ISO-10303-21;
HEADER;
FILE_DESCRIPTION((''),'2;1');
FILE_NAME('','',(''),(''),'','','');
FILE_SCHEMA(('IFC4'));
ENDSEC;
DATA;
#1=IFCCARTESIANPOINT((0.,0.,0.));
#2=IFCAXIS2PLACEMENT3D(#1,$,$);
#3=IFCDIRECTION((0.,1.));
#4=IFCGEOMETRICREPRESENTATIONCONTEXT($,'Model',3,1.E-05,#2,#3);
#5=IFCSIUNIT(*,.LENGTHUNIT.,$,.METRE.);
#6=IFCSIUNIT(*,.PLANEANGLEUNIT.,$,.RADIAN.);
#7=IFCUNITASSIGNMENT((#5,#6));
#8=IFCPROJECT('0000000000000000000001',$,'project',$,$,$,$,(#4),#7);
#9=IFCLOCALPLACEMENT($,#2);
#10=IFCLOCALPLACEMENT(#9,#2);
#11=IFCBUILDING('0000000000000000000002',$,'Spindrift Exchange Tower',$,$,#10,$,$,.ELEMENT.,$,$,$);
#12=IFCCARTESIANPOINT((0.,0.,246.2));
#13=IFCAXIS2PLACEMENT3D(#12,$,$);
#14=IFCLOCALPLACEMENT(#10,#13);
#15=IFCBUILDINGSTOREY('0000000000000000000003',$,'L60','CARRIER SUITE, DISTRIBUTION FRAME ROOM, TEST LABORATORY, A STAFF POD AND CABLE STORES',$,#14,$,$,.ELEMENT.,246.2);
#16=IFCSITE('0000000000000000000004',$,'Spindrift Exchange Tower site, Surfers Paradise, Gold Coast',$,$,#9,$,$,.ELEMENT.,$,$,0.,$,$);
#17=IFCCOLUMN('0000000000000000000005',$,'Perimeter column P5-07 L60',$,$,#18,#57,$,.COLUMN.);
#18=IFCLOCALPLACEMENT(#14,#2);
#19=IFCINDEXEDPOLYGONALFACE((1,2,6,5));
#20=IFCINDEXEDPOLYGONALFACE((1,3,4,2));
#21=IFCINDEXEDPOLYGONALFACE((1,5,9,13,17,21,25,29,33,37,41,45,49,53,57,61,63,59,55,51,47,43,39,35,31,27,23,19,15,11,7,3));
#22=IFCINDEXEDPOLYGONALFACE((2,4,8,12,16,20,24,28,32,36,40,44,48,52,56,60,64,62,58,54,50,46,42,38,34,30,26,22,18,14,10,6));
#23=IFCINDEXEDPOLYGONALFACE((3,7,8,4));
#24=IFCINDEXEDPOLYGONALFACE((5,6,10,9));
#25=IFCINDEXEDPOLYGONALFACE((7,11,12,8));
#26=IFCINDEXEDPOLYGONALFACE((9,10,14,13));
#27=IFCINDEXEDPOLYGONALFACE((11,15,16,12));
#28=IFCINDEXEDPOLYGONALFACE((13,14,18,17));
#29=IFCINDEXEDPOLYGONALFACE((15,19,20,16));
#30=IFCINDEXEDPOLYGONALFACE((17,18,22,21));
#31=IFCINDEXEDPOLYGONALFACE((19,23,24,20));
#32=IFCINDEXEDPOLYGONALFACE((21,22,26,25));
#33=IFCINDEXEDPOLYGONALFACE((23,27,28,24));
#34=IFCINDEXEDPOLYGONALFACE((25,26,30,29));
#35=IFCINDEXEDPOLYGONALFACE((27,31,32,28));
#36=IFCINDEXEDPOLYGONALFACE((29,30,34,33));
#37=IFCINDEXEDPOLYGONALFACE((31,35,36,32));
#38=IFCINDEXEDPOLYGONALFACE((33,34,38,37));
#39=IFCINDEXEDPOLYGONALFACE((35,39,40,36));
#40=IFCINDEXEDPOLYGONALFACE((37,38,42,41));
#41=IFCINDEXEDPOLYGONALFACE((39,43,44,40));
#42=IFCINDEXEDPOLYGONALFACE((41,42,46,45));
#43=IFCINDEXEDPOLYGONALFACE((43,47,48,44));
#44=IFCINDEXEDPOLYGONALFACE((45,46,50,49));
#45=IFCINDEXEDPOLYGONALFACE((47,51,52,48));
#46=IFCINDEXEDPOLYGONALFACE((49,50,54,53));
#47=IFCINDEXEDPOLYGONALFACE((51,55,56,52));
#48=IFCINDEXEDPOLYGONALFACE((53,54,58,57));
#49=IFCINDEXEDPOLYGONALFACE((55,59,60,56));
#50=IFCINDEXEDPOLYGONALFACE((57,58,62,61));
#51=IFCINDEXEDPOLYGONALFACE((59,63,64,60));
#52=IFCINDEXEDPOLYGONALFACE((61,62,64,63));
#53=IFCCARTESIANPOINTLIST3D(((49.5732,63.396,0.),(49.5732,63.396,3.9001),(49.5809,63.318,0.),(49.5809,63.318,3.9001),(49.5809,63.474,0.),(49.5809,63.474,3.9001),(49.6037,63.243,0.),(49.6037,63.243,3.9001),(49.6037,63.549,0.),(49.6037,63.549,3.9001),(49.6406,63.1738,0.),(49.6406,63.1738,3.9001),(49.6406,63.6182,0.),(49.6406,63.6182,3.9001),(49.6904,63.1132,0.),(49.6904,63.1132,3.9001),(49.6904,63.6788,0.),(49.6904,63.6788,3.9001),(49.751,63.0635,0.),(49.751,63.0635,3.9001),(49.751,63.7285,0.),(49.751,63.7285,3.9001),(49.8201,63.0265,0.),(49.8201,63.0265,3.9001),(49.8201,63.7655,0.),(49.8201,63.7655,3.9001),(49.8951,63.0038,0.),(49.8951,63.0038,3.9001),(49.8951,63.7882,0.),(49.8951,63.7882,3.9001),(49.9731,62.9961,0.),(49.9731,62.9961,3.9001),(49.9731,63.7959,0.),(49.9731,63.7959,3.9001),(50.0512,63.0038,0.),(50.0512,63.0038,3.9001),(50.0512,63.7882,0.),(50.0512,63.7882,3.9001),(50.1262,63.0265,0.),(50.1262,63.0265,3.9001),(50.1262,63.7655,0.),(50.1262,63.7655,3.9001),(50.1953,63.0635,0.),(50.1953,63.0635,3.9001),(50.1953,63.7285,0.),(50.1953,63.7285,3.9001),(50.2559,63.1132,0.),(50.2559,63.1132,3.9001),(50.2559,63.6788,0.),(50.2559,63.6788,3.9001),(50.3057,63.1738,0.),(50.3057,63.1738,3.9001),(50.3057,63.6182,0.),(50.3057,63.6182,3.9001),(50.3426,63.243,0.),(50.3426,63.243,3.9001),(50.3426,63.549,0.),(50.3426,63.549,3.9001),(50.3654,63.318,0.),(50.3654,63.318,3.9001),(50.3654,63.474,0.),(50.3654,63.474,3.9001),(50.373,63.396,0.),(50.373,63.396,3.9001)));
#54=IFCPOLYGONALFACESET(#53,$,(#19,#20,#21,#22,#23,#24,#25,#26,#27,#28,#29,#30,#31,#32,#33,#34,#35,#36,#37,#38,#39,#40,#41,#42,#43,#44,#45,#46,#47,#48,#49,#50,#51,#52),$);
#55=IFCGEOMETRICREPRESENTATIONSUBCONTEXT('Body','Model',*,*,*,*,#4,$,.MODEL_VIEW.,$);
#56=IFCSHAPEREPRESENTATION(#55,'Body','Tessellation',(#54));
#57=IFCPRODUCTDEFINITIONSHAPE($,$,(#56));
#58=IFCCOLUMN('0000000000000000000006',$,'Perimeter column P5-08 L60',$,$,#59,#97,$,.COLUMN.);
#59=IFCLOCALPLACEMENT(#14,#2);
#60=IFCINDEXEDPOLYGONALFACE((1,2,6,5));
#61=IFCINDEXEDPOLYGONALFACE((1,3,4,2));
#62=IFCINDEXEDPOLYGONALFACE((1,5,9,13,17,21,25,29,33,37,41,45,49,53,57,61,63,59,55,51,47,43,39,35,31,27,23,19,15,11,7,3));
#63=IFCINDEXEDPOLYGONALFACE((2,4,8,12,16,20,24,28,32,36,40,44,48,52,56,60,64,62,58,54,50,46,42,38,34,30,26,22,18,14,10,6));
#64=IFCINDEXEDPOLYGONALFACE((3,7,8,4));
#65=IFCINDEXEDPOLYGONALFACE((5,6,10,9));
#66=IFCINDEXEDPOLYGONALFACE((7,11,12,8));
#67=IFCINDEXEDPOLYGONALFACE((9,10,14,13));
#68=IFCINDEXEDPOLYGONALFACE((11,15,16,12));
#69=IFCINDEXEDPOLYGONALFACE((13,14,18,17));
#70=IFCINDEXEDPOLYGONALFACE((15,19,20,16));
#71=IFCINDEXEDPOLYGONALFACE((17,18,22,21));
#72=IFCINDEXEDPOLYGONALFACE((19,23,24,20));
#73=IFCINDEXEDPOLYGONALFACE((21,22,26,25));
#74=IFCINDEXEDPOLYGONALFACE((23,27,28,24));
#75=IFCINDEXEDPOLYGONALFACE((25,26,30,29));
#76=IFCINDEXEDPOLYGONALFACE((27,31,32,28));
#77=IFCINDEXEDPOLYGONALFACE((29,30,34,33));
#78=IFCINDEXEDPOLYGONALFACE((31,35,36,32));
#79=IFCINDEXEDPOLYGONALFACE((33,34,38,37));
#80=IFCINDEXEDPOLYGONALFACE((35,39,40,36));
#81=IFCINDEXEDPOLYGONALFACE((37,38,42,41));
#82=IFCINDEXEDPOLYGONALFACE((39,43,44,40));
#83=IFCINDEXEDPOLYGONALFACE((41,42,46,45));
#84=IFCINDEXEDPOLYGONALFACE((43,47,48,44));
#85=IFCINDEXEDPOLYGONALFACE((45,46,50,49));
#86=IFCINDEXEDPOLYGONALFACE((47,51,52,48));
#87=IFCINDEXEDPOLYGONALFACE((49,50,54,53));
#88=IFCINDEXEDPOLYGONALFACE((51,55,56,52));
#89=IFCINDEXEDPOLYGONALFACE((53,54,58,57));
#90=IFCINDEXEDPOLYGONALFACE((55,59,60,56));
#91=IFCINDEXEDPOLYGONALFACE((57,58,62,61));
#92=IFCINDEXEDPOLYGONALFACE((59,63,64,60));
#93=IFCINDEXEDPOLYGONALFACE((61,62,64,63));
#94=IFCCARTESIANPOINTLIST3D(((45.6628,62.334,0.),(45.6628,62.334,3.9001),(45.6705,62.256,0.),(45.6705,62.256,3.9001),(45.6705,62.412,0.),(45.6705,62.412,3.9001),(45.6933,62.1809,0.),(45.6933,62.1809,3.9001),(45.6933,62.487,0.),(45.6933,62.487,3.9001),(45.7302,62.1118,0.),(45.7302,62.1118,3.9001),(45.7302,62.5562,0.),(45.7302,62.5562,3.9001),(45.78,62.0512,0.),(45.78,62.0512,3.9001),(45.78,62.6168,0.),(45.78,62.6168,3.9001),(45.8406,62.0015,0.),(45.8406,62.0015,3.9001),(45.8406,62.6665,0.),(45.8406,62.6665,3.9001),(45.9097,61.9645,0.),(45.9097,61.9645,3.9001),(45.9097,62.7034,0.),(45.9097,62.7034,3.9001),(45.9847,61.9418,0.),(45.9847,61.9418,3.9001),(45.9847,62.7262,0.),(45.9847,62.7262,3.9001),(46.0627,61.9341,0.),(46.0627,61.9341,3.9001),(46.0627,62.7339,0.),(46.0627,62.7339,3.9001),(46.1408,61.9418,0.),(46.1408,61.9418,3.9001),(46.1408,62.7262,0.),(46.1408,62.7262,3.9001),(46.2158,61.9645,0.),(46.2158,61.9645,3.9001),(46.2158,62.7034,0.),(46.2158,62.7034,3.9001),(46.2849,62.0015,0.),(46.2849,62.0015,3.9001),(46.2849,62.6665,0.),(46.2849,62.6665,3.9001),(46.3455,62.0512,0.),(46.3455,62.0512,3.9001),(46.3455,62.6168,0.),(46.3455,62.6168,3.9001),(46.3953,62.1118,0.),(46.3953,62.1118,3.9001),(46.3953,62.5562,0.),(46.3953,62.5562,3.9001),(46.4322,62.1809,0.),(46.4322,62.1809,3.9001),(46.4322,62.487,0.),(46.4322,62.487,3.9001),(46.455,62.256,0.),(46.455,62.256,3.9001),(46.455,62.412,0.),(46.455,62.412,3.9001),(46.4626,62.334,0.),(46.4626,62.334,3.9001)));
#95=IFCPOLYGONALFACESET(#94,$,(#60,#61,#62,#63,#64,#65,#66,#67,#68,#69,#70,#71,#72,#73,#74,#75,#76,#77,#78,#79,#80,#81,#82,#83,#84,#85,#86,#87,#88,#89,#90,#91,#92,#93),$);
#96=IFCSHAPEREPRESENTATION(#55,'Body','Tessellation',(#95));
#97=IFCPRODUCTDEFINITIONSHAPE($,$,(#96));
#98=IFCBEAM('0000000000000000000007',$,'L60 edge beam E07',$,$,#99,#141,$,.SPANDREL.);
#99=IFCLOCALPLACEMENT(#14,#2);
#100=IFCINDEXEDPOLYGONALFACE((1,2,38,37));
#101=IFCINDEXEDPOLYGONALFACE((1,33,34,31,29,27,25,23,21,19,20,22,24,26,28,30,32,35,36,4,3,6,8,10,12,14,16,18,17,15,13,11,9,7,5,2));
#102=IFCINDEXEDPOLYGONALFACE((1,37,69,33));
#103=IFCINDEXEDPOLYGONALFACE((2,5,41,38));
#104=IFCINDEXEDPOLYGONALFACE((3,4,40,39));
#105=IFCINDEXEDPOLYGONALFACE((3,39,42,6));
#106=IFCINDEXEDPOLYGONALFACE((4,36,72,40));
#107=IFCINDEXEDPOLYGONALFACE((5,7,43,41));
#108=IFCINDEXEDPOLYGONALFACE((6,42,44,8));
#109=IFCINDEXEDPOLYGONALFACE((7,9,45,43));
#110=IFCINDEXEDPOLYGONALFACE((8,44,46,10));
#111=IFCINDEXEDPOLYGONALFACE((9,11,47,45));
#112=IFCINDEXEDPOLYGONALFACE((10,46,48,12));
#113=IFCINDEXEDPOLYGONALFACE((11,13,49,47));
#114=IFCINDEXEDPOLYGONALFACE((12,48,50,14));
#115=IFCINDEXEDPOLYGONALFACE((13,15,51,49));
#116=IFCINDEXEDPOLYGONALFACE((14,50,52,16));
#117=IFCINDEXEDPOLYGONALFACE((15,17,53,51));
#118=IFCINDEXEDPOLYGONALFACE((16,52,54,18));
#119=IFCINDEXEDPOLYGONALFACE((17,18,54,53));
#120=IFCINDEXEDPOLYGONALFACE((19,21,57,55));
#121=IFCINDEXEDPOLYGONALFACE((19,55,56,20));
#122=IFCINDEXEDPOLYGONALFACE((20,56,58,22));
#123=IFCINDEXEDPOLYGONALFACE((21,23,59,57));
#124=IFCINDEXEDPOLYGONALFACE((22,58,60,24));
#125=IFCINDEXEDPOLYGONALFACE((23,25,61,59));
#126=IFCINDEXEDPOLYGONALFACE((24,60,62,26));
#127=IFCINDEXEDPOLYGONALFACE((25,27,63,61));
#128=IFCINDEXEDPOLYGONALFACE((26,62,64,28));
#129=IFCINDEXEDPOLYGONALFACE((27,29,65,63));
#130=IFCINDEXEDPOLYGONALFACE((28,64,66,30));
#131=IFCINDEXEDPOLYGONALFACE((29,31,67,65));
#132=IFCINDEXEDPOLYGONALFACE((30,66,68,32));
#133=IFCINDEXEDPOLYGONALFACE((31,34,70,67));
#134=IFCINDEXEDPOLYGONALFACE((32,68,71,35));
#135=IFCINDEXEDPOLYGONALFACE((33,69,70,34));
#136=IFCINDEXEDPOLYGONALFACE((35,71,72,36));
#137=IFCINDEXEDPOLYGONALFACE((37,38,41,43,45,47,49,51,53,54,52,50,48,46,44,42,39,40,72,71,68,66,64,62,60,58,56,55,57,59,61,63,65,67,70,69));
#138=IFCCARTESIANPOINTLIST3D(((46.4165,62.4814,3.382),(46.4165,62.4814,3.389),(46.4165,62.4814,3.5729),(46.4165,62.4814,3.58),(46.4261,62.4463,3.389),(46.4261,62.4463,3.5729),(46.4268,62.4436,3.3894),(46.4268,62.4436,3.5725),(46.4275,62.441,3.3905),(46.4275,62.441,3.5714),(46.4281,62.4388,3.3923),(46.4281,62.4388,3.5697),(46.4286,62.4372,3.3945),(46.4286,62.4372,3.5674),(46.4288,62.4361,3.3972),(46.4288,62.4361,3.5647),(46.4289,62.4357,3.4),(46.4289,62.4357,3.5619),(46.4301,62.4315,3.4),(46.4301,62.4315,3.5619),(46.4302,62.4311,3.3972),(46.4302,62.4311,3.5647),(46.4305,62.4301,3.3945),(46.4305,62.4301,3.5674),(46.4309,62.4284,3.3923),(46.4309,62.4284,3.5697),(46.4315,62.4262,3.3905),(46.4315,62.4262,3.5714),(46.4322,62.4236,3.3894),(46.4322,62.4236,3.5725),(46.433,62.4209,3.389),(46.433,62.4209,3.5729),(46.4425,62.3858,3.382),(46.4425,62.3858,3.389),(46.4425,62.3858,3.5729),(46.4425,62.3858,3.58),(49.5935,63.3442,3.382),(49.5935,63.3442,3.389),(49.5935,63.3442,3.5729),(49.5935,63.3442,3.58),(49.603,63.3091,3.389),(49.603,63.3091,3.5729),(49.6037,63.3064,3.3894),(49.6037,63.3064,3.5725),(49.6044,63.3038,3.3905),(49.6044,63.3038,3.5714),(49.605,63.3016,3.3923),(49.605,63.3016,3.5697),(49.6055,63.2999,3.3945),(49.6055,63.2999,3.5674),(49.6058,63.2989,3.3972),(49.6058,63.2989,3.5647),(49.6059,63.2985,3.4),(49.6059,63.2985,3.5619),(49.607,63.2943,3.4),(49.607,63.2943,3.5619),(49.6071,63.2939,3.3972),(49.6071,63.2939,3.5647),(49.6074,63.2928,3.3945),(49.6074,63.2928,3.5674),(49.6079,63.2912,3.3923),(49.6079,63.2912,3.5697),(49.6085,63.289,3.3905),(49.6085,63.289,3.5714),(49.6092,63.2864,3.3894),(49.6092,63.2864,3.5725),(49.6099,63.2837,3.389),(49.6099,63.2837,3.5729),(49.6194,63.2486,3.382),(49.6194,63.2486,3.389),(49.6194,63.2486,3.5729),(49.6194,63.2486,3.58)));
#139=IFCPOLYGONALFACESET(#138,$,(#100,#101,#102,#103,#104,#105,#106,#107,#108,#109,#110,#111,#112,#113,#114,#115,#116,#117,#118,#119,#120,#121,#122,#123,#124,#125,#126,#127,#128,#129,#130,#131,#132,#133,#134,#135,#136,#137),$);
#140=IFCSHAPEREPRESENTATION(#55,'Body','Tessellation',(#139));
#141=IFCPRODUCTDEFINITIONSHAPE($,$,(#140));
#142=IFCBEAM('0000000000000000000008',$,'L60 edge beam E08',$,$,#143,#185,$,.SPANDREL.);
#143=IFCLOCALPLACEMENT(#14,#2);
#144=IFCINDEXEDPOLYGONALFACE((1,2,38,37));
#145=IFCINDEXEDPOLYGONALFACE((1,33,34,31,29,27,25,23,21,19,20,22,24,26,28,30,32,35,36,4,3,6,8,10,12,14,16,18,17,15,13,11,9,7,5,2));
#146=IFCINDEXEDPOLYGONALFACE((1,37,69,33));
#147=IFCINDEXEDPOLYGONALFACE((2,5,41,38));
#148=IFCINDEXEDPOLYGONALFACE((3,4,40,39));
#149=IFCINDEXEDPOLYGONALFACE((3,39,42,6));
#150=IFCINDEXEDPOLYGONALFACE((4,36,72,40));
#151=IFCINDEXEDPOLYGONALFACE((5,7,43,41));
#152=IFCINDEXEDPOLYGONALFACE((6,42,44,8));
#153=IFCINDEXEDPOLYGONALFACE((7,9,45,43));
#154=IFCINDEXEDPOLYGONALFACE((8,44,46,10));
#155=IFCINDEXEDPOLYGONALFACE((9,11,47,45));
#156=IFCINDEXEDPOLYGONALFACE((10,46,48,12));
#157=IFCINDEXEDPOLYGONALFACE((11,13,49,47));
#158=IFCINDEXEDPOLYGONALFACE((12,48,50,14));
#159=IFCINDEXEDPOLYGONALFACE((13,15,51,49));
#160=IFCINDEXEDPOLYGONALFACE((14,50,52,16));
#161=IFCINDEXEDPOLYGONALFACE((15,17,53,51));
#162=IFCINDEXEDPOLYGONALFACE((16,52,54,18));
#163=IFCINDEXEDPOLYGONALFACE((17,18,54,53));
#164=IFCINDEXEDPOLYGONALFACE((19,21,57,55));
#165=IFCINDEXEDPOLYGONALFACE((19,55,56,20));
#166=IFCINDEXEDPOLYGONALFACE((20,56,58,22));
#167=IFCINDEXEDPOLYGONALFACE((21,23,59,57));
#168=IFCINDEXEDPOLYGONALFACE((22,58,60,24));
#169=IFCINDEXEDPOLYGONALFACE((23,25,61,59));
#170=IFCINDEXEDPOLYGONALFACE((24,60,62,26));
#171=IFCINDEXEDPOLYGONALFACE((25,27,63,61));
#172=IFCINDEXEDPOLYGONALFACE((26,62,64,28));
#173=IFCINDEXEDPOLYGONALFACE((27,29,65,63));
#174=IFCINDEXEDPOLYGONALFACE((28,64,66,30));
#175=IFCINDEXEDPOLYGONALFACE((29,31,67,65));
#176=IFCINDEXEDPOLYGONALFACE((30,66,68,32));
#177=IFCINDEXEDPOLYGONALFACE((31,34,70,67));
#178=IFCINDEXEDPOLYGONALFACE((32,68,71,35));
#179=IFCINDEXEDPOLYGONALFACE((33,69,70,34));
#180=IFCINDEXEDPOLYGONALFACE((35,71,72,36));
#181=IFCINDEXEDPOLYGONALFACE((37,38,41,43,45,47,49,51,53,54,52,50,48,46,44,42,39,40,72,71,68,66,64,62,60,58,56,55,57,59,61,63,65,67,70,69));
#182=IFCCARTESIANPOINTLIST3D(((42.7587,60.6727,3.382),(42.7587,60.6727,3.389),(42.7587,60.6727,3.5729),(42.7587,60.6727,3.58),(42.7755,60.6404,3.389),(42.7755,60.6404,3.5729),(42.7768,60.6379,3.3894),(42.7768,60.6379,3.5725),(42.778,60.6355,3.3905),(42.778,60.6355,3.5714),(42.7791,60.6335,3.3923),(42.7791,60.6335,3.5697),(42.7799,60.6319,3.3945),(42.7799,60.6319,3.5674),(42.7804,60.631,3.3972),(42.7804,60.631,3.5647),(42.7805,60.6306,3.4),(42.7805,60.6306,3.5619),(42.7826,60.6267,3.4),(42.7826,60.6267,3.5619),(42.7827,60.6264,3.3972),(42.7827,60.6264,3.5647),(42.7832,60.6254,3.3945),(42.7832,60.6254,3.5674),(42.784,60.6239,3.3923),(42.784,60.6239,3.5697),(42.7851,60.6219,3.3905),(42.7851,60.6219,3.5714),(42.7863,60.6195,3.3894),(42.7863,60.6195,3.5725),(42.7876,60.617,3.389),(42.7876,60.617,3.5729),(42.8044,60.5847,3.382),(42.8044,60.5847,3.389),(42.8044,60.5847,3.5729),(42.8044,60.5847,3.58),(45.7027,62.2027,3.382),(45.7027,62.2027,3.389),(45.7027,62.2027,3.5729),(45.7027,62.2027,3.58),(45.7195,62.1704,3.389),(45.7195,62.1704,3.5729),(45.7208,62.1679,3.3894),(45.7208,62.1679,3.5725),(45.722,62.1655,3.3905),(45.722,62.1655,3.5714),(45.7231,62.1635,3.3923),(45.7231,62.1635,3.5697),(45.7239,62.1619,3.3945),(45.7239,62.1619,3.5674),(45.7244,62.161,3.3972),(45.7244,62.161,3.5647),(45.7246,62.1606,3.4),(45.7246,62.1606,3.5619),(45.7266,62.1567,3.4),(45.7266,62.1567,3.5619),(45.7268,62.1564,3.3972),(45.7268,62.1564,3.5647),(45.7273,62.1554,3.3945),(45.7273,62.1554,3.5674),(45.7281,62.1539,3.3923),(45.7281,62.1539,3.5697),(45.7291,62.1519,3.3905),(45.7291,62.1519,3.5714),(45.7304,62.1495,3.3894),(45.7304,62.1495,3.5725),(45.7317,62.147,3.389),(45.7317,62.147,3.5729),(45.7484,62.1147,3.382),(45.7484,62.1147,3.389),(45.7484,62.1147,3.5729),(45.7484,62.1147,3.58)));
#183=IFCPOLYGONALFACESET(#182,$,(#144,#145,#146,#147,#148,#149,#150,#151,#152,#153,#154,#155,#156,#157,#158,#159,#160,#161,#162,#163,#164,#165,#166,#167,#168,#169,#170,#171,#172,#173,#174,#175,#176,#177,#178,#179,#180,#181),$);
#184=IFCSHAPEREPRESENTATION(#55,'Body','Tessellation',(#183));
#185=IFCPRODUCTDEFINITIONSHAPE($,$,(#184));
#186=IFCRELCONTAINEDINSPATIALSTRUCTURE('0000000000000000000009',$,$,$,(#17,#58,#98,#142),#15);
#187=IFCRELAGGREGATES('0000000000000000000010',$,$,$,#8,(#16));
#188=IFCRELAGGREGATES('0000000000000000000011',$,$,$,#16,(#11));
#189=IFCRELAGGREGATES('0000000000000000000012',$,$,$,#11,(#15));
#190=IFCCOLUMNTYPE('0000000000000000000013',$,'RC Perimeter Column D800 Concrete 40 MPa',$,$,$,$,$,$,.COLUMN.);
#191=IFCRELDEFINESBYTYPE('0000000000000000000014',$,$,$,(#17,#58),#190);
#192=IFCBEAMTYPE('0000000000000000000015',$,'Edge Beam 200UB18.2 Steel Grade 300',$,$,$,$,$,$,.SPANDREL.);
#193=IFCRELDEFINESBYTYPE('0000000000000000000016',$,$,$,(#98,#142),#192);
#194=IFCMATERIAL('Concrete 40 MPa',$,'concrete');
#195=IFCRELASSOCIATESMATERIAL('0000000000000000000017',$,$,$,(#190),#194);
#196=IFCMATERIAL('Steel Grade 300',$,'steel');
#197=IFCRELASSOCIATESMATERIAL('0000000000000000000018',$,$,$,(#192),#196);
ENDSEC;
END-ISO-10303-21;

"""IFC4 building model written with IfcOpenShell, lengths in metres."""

from ifc_helpers import new_model, si_unit, direction, frame, origin, origin_2d, place, context, subcontext, project, spatial, circle, i_section, extrude, source, transform, mapped, material, material_profile, profile_set, type_object, element, save


model = new_model("IFC4")

# Units and contexts
model_context = context("Model", 3, precision=1e-05, world=origin(), true_north=direction((0.0, 1.0)))
body_context = subcontext(model_context, "Body", "Model", "MODEL_VIEW")
ifc_project = project(units=[si_unit("LENGTHUNIT", "METRE"), si_unit("PLANEANGLEUNIT", "RADIAN")], contexts=[model_context])

# Site, building, storey
site_placement = place(None, origin())
site = spatial("IfcSite", under=ifc_project, at=site_placement, Name="Spindrift Exchange Tower site, Surfers Paradise, Gold Coast", CompositionType="ELEMENT", RefElevation=0.0)
building_placement = place(site_placement, origin())
building = spatial("IfcBuilding", under=site, at=building_placement, Name="Spindrift Exchange Tower", CompositionType="ELEMENT")
storey_placement = place(building_placement, frame((0.0, 0.0, 246.2)))
storey = spatial("IfcBuildingStorey", under=building, at=storey_placement, Name="L60", Description="CARRIER SUITE, DISTRIBUTION FRAME ROOM, TEST LABORATORY, A STAFF POD AND CABLE STORES", CompositionType="ELEMENT", Elevation=246.2)

# Columns
ifc_material_1 = material(Name="Concrete 40 MPa", Category="concrete")
ifc_material_profile_1 = material_profile(ifc_material_1, circle(Radius=0.3999, at=origin_2d()), Name="RC D800")
ifc_profile_set_1 = profile_set([ifc_material_profile_1], Name="Concrete 40 MPa")
column_type = type_object("IfcColumnType", Name="RC Perimeter Column D800 Concrete 40 MPa", PredefinedType="COLUMN", material=ifc_profile_set_1)
shared_shape_1 = source(origin(), body_context, "Body", "SweptSolid", [
    extrude(circle(Radius=0.3999, at=origin_2d()), origin(), (0.0, 0.0, 1.0), 3.9001),
])
for number, where, z_axis, x_axis, name in (
    (1, (49.9731, 63.396, 0.0), (0.0, 0.0, 1.0), (1.0, 0.0, 0.0), "Perimeter column P5-07 L60"),
    (2, (46.0627, 62.334, 0.0), (0.0, 0.0, 1.0), (1.0, 0.0, 0.0), "Perimeter column P5-08 L60"),
):
    element("IfcColumn", number, at=place(storey_placement, frame(where, z_axis=z_axis, x_axis=x_axis)), inside=storey, type_object=column_type, Name=name, PredefinedType="COLUMN", context=body_context, shape_type="MappedRepresentation", body=[
        mapped(shared_shape_1, transform((0.0, 0.0, 0.0), scale=1.0)),
    ])

# Beams
ifc_material_2 = material(Name="Steel Grade 300", Category="steel")
ifc_material_profile_2 = material_profile(ifc_material_2, i_section(OverallWidth=0.0991, OverallDepth=0.198, WebThickness=0.0044, FlangeThickness=0.0071, FilletRadius=0.011, at=origin_2d()), Name="200UB18.2")
ifc_profile_set_2 = profile_set([ifc_material_profile_2], Name="Steel Grade 300")
beam_type_1 = type_object("IfcBeamType", Name="Edge Beam 200UB18.2 Steel Grade 300", PredefinedType="SPANDREL", material=ifc_profile_set_2)
shared_shape_2 = source(origin(), body_context, "Body", "SweptSolid", [
    extrude(i_section(OverallWidth=0.0991, OverallDepth=0.198, WebThickness=0.0044, FlangeThickness=0.0071, FilletRadius=0.011, at=origin_2d()), origin(), (0.0, 0.0, 1.0), 3.292),
])
beam_1_placement = place(storey_placement, frame((49.6064, 63.2964, 3.481), z_axis=(-0.965046, -0.262082, 0.0), x_axis=(0.262082, -0.965046, 0.0)))
element("IfcBeam", 3, at=beam_1_placement, inside=storey, type_object=beam_type_1, Name="L60 edge beam E07", PredefinedType="SPANDREL", context=body_context, shape_type="MappedRepresentation", body=[
    mapped(shared_shape_2, transform((0.0, 0.0, 0.0), scale=1.0)),
])
shared_shape_3 = source(origin(), body_context, "Body", "SweptSolid", [
    extrude(i_section(OverallWidth=0.0991, OverallDepth=0.198, WebThickness=0.0044, FlangeThickness=0.0071, FilletRadius=0.011, at=origin_2d()), origin(), (0.0, 0.0, 1.0), 3.3179),
])
beam_2_placement = place(storey_placement, frame((45.7256, 62.1587, 3.481), z_axis=(-0.887328, -0.46114, 0.0), x_axis=(0.46114, -0.887328, 0.0)))
element("IfcBeam", 4, at=beam_2_placement, inside=storey, type_object=beam_type_1, Name="L60 edge beam E08", PredefinedType="SPANDREL", context=body_context, shape_type="MappedRepresentation", body=[
    mapped(shared_shape_3, transform((0.0, 0.0, 0.0), scale=1.0)),
])

save(model, "model.ifc")
